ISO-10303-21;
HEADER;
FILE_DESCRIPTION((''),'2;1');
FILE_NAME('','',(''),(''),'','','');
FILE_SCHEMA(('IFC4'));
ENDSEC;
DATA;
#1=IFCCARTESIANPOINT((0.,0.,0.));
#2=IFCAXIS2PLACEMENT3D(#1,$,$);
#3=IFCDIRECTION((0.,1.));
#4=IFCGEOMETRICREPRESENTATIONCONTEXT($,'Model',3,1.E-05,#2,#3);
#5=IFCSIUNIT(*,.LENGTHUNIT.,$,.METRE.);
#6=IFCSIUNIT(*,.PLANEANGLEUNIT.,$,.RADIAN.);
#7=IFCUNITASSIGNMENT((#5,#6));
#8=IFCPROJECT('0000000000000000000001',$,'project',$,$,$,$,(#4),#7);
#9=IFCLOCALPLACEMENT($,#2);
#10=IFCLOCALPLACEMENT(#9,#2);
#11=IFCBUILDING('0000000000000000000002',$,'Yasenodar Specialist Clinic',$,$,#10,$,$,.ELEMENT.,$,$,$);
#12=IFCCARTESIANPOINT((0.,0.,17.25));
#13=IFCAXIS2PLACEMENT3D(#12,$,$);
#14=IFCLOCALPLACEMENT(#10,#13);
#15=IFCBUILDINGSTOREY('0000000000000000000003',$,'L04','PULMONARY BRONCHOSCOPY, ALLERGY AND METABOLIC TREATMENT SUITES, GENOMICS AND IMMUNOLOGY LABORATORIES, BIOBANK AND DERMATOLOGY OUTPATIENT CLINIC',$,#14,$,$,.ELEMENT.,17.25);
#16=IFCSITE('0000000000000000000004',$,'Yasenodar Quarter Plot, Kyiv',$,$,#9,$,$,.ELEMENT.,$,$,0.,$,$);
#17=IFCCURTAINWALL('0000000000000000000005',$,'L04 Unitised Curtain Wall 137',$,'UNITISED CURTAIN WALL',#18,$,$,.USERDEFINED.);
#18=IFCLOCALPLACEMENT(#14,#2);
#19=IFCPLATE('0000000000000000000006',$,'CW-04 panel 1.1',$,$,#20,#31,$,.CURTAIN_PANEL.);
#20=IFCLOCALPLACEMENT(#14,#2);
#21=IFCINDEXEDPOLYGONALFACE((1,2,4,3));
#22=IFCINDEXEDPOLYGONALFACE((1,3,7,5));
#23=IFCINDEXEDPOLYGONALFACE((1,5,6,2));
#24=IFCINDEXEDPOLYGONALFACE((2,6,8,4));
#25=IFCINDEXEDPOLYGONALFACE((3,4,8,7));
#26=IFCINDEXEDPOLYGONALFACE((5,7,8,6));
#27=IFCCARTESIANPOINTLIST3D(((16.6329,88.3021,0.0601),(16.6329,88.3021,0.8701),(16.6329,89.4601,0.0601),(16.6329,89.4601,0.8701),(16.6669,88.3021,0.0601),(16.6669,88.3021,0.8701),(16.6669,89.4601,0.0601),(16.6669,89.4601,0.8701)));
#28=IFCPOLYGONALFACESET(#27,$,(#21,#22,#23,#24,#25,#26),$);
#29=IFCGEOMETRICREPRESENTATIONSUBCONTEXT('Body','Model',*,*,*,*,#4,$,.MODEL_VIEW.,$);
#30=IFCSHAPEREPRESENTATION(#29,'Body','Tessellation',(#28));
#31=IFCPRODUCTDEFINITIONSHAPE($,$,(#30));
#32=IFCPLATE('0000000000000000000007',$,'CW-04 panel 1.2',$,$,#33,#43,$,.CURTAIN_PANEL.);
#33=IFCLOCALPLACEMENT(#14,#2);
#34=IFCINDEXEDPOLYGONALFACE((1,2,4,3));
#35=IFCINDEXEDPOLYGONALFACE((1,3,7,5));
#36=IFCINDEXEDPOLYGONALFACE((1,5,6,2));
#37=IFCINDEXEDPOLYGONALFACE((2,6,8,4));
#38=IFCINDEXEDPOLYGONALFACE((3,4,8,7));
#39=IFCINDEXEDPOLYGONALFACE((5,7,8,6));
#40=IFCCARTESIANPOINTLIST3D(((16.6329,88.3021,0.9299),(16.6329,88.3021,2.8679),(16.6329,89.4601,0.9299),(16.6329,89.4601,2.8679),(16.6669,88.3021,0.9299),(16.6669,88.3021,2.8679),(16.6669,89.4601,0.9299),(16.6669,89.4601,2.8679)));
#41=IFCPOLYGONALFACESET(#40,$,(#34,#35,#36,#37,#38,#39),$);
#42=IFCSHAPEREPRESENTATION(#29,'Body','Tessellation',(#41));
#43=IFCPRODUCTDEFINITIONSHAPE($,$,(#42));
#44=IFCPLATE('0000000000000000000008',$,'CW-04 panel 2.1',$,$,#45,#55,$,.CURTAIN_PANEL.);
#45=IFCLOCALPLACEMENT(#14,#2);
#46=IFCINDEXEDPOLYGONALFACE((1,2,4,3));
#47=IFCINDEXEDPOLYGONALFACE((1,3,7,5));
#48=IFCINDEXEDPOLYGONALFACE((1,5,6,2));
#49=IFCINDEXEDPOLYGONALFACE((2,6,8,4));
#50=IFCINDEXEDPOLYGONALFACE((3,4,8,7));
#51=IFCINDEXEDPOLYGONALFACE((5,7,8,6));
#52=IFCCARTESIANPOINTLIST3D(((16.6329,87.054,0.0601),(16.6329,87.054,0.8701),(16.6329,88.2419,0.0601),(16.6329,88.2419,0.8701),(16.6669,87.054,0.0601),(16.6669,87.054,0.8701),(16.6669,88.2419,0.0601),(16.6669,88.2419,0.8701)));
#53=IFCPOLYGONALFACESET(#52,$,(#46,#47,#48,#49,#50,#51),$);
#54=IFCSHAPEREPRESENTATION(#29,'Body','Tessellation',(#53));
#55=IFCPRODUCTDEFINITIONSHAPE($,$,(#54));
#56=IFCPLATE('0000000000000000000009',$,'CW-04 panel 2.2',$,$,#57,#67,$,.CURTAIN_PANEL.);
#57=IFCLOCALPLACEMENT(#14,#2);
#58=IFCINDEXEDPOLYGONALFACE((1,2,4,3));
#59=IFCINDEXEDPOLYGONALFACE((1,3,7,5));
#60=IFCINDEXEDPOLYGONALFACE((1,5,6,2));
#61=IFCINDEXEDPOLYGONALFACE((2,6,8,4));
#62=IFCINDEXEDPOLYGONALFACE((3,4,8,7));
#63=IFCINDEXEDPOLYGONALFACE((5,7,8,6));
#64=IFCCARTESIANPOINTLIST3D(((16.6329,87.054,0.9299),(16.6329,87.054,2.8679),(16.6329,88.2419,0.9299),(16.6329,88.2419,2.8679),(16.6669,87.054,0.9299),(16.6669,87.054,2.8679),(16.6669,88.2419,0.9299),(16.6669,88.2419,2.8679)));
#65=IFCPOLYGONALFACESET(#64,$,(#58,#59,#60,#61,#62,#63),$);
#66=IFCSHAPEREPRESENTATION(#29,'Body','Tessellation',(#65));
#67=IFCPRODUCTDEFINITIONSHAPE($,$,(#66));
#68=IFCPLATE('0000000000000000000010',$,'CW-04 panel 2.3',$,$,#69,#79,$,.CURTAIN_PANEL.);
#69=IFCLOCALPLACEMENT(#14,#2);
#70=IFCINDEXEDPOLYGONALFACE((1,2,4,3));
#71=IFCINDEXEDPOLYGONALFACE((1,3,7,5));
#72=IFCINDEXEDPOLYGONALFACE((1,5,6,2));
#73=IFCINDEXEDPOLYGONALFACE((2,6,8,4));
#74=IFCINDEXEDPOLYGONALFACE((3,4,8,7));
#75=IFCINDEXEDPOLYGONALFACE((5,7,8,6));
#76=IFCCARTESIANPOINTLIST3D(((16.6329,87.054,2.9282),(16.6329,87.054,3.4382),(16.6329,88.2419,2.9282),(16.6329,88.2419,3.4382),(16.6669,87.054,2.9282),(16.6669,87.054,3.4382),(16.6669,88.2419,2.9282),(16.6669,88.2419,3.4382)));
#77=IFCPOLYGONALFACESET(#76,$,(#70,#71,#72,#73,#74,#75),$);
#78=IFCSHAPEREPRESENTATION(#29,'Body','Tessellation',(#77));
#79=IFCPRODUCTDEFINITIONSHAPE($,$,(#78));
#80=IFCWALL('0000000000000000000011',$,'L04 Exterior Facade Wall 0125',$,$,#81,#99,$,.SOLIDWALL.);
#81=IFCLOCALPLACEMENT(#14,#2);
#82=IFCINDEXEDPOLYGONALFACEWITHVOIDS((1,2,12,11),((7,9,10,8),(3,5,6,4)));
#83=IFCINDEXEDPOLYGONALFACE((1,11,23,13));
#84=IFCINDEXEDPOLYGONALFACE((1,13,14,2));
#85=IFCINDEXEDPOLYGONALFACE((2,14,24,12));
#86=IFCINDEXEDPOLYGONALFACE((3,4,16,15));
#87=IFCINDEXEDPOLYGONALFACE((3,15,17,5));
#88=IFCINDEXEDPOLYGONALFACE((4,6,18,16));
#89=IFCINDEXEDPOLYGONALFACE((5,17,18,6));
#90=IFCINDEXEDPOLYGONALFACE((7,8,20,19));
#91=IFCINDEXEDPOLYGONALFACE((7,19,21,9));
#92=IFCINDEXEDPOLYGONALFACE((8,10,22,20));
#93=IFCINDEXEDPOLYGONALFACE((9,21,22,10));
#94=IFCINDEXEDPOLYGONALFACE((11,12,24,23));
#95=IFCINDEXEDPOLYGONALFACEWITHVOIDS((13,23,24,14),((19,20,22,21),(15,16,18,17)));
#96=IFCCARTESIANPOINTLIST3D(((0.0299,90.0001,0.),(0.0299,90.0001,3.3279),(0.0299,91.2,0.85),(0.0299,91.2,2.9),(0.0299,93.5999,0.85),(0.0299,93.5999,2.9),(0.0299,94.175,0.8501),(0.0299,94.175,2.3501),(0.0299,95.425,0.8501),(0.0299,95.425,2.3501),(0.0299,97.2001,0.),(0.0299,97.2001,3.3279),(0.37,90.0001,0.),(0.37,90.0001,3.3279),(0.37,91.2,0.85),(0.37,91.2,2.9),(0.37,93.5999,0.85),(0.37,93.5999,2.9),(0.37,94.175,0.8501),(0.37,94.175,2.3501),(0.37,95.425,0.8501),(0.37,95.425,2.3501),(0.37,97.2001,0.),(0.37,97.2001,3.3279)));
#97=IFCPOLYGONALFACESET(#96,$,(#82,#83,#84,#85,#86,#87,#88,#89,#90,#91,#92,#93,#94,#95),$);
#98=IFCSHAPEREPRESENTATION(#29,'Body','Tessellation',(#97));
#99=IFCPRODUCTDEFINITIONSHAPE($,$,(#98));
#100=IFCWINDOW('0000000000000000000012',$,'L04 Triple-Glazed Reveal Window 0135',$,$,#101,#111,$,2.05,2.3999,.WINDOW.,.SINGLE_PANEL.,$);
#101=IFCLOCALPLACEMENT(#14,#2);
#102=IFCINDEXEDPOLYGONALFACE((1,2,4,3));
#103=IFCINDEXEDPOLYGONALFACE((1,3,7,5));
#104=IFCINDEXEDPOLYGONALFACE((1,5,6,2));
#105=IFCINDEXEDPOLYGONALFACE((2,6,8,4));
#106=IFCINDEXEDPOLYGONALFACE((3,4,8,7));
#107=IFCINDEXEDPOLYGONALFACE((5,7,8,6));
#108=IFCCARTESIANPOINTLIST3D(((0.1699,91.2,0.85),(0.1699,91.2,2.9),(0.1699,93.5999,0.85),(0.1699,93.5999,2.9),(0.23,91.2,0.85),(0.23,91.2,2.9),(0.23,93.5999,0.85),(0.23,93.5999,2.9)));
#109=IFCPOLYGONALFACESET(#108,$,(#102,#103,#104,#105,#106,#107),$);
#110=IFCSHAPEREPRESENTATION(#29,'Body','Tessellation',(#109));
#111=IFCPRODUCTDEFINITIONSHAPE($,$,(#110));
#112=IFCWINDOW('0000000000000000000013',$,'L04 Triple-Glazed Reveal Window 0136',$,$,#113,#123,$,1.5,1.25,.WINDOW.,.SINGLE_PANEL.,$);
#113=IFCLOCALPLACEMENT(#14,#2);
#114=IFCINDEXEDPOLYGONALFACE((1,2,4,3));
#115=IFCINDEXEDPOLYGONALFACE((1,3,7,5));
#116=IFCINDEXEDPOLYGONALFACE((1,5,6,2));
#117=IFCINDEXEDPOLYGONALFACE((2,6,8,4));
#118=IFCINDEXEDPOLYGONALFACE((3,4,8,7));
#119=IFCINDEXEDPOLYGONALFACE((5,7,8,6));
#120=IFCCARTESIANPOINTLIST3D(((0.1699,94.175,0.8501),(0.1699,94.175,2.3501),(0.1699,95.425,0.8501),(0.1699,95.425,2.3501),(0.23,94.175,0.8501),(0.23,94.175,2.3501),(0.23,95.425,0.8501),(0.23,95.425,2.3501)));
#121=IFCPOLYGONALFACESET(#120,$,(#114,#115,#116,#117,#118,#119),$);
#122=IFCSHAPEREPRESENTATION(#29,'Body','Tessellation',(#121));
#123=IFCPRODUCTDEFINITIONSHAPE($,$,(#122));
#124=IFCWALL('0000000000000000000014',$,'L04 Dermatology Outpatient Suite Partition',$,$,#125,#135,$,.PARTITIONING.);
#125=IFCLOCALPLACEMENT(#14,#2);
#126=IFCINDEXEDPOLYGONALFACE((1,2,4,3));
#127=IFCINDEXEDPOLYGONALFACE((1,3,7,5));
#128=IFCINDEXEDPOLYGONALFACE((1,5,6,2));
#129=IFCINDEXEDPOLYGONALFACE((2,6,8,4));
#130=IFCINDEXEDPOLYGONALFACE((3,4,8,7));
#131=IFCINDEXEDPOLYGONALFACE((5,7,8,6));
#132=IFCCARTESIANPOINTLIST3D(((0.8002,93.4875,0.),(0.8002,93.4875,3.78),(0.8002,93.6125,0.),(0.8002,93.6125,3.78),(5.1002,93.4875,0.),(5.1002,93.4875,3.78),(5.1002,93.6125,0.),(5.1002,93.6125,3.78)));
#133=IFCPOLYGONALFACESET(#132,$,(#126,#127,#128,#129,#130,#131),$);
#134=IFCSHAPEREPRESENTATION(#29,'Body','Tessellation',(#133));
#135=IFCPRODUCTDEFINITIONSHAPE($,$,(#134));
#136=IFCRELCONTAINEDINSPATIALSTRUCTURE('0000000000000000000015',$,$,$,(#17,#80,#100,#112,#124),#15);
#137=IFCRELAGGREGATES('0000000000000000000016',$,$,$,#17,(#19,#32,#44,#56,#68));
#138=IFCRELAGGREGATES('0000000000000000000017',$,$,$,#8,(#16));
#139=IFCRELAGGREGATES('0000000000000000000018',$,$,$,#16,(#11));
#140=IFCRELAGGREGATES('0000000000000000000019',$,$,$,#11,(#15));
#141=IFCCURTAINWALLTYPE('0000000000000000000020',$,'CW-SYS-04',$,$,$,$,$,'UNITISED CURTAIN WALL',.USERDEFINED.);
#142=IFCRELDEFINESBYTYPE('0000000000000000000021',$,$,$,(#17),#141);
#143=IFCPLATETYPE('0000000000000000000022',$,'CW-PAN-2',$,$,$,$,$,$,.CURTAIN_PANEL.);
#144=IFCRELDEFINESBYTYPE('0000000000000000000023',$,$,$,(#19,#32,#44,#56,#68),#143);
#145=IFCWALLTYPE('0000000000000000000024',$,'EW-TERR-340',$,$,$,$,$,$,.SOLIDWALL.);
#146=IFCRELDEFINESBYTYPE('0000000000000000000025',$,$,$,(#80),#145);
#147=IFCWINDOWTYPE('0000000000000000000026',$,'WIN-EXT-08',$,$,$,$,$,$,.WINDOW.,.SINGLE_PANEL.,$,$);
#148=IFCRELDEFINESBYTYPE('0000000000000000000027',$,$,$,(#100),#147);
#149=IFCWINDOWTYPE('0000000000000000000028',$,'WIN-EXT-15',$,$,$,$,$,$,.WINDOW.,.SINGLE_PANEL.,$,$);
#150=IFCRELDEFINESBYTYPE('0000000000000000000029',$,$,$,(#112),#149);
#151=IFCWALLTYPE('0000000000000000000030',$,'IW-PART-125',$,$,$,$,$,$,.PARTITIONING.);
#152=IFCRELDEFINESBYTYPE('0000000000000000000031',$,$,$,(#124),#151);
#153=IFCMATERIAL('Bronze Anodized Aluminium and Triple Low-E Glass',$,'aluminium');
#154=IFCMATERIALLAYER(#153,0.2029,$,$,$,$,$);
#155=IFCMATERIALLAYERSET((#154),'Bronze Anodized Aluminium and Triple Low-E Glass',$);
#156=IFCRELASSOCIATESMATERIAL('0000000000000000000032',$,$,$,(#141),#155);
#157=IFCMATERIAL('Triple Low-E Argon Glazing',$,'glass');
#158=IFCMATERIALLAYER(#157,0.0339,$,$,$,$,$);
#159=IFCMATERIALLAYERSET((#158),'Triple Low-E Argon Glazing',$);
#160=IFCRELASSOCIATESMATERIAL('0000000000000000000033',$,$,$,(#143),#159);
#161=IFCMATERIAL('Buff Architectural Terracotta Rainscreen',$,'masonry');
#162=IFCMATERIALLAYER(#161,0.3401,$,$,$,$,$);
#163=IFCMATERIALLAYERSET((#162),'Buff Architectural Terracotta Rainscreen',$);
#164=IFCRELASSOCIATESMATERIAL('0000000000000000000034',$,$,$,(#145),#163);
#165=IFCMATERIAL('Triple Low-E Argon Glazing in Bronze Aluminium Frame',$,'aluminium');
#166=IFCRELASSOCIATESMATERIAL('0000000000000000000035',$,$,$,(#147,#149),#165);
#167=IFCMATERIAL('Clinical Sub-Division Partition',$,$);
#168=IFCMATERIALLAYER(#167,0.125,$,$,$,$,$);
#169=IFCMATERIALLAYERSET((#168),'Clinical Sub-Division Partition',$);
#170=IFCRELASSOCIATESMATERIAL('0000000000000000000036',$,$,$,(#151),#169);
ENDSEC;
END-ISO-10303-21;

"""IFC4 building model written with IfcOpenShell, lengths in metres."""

from ifc_helpers import new_model, si_unit, direction, frame, frame_2d, origin, origin_2d, place, context, subcontext, project, spatial, rectangle, extrude, material, layer, layer_set, type_object, element, fill, aggregate, save


model = new_model("IFC4")

# Units and contexts
model_context = context("Model", 3, precision=1e-05, world=origin(), true_north=direction((0.0, 1.0)))
body_context = subcontext(model_context, "Body", "Model", "MODEL_VIEW")
ifc_project = project(units=[si_unit("LENGTHUNIT", "METRE"), si_unit("PLANEANGLEUNIT", "RADIAN")], contexts=[model_context])

# Site, building, storey
site_placement = place(None, origin())
site = spatial("IfcSite", under=ifc_project, at=site_placement, Name="Yasenodar Quarter Plot, Kyiv", CompositionType="ELEMENT", RefElevation=0.0)
building_placement = place(site_placement, origin())
building = spatial("IfcBuilding", under=site, at=building_placement, Name="Yasenodar Specialist Clinic", CompositionType="ELEMENT")
storey_placement = place(building_placement, frame((0.0, 0.0, 17.25)))
storey = spatial("IfcBuildingStorey", under=building, at=storey_placement, Name="L04", Description="PULMONARY BRONCHOSCOPY, ALLERGY AND METABOLIC TREATMENT SUITES, GENOMICS AND IMMUNOLOGY LABORATORIES, BIOBANK AND DERMATOLOGY OUTPATIENT CLINIC", CompositionType="ELEMENT", Elevation=17.25)

# Curtain wall
ifc_material_1 = material(Name="Bronze Anodized Aluminium and Triple Low-E Glass", Category="aluminium")
ifc_layer_1 = layer(ifc_material_1, 0.2029)
ifc_layer_set_1 = layer_set([ifc_layer_1], Name="Bronze Anodized Aluminium and Triple Low-E Glass")
curtain_wall_type = type_object("IfcCurtainWallType", Name="CW-SYS-04", ElementType="UNITISED CURTAIN WALL", PredefinedType="USERDEFINED", material=ifc_layer_set_1)
curtain_wall_placement = place(storey_placement, origin())
curtain_wall = element("IfcCurtainWall", 1, at=curtain_wall_placement, inside=storey, type_object=curtain_wall_type, Name="L04 Unitised Curtain Wall 137", ObjectType="UNITISED CURTAIN WALL", PredefinedType="USERDEFINED")

# Plates
ifc_material_2 = material(Name="Triple Low-E Argon Glazing", Category="glass")
ifc_layer_2 = layer(ifc_material_2, 0.0339)
ifc_layer_set_2 = layer_set([ifc_layer_2], Name="Triple Low-E Argon Glazing")
plate_type = type_object("IfcPlateType", Name="CW-PAN-2", PredefinedType="CURTAIN_PANEL", material=ifc_layer_set_2)
plate_1_placement = place(storey_placement, frame((16.6499, 88.8811, 0.0601), z_axis=(0.0, 0.0, 1.0), x_axis=(0.0, -1.0, 0.0)))
plate_1 = element("IfcPlate", 2, at=plate_1_placement, type_object=plate_type, Name="CW-04 panel 1.1", PredefinedType="CURTAIN_PANEL", context=body_context, shape_type="SweptSolid", body=[
    extrude(rectangle(XDim=1.158, YDim=0.0339, at=origin_2d()), origin(), (0.0, 0.0, 1.0), 0.8101),
])
plate_2_placement = place(storey_placement, frame((16.6499, 88.8811, 0.9299), z_axis=(0.0, 0.0, 1.0), x_axis=(0.0, -1.0, 0.0)))
plate_2 = element("IfcPlate", 3, at=plate_2_placement, type_object=plate_type, Name="CW-04 panel 1.2", PredefinedType="CURTAIN_PANEL", context=body_context, shape_type="SweptSolid", body=[
    extrude(rectangle(XDim=1.158, YDim=0.0339, at=origin_2d()), origin(), (0.0, 0.0, 1.0), 1.938),
])
plate_3_placement = place(storey_placement, frame((16.6499, 87.6479, 0.0601), z_axis=(0.0, 0.0, 1.0), x_axis=(0.0, -1.0, 0.0)))
plate_3 = element("IfcPlate", 4, at=plate_3_placement, type_object=plate_type, Name="CW-04 panel 2.1", PredefinedType="CURTAIN_PANEL", context=body_context, shape_type="SweptSolid", body=[
    extrude(rectangle(XDim=1.188, YDim=0.0339, at=origin_2d()), origin(), (0.0, 0.0, 1.0), 0.8101),
])
plate_4_placement = place(storey_placement, frame((16.6499, 87.6479, 0.9299), z_axis=(0.0, 0.0, 1.0), x_axis=(0.0, -1.0, 0.0)))
plate_4 = element("IfcPlate", 5, at=plate_4_placement, type_object=plate_type, Name="CW-04 panel 2.2", PredefinedType="CURTAIN_PANEL", context=body_context, shape_type="SweptSolid", body=[
    extrude(rectangle(XDim=1.188, YDim=0.0339, at=origin_2d()), origin(), (0.0, 0.0, 1.0), 1.938),
])
plate_5_placement = place(storey_placement, frame((16.6499, 87.6479, 2.9282), z_axis=(0.0, 0.0, 1.0), x_axis=(0.0, -1.0, 0.0)))
plate_5 = element("IfcPlate", 6, at=plate_5_placement, type_object=plate_type, Name="CW-04 panel 2.3", PredefinedType="CURTAIN_PANEL", context=body_context, shape_type="SweptSolid", body=[
    extrude(rectangle(XDim=1.188, YDim=0.0339, at=origin_2d()), origin(), (0.0, 0.0, 1.0), 0.51),
])
aggregate(curtain_wall, [plate_1, plate_2, plate_3, plate_4, plate_5])

# Wall, openings, windows
ifc_material_3 = material(Name="Buff Architectural Terracotta Rainscreen", Category="masonry")
ifc_layer_3 = layer(ifc_material_3, 0.3401)
ifc_layer_set_3 = layer_set([ifc_layer_3], Name="Buff Architectural Terracotta Rainscreen")
wall_type_1 = type_object("IfcWallType", Name="EW-TERR-340", PredefinedType="SOLIDWALL", material=ifc_layer_set_3)
wall_1_placement = place(storey_placement, frame((0.2, 90.0, 0.0), z_axis=(0.0, 0.0, 1.0), x_axis=(0.0, 1.0, 0.0)))
wall_1 = element("IfcWall", 7, at=wall_1_placement, inside=storey, type_object=wall_type_1, Name="L04 Exterior Facade Wall 0125", PredefinedType="SOLIDWALL", context=body_context, shape_type="SweptSolid", body=[
    extrude(rectangle(XDim=7.2, YDim=0.3401, at=frame_2d((3.6001, 0.0))), origin(), (0.0, 0.0, 1.0), 3.3279),
])
opening_1_placement = place(wall_1_placement, frame((1.2, 0.0, 0.8501)))
opening_1 = element("IfcOpeningElement", 8, at=opening_1_placement, cuts=wall_1, PredefinedType="OPENING", context=body_context, shape_type="SweptSolid", body=[
    extrude(rectangle(XDim=2.3999, YDim=2.05, at=frame_2d((1.2, 1.0249))), frame((0.0, 0.1802, 0.0), z_axis=(0.0, -1.0, 0.0), x_axis=(1.0, 0.0, 0.0)), (0.0, 0.0, 1.0), 0.3601),
])
opening_2_placement = place(wall_1_placement, frame((4.175, 0.0, 0.8501)))
opening_2 = element("IfcOpeningElement", 9, at=opening_2_placement, cuts=wall_1, PredefinedType="OPENING", context=body_context, shape_type="SweptSolid", body=[
    extrude(rectangle(XDim=1.25, YDim=1.5, at=frame_2d((0.625, 0.75))), frame((0.0, 0.1802, 0.0), z_axis=(0.0, -1.0, 0.0), x_axis=(1.0, 0.0, 0.0)), (0.0, 0.0, 1.0), 0.3601),
])
ifc_material_4 = material(Name="Triple Low-E Argon Glazing in Bronze Aluminium Frame", Category="aluminium")
window_type_1 = type_object("IfcWindowType", Name="WIN-EXT-08", PartitioningType="SINGLE_PANEL", PredefinedType="WINDOW", material=ifc_material_4)
window_1_placement = place(opening_1_placement, origin())
window_1 = element("IfcWindow", 10, at=window_1_placement, inside=storey, type_object=window_type_1, Name="L04 Triple-Glazed Reveal Window 0135", OverallHeight=2.05, OverallWidth=2.3999, PartitioningType="SINGLE_PANEL", PredefinedType="WINDOW", context=body_context, shape_type="SweptSolid", body=[
    extrude(rectangle(XDim=2.3999, YDim=2.05, at=frame_2d((1.2, 1.0249))), frame((0.0, 0.03, 0.0), z_axis=(0.0, -1.0, 0.0), x_axis=(1.0, 0.0, 0.0)), (0.0, 0.0, 1.0), 0.0601),
])
fill(opening_1, window_1)
window_type_2 = type_object("IfcWindowType", Name="WIN-EXT-15", PartitioningType="SINGLE_PANEL", PredefinedType="WINDOW", material=ifc_material_4)
window_2_placement = place(opening_2_placement, origin())
window_2 = element("IfcWindow", 11, at=window_2_placement, inside=storey, type_object=window_type_2, Name="L04 Triple-Glazed Reveal Window 0136", OverallHeight=1.5, OverallWidth=1.25, PartitioningType="SINGLE_PANEL", PredefinedType="WINDOW", context=body_context, shape_type="SweptSolid", body=[
    extrude(rectangle(XDim=1.25, YDim=1.5, at=frame_2d((0.625, 0.75))), frame((0.0, 0.03, 0.0), z_axis=(0.0, -1.0, 0.0), x_axis=(1.0, 0.0, 0.0)), (0.0, 0.0, 1.0), 0.0601),
])
fill(opening_2, window_2)

# Wall
ifc_material_5 = material(Name="Clinical Sub-Division Partition")
ifc_layer_4 = layer(ifc_material_5, 0.125)
ifc_layer_set_4 = layer_set([ifc_layer_4], Name="Clinical Sub-Division Partition")
wall_type_2 = type_object("IfcWallType", Name="IW-PART-125", PredefinedType="PARTITIONING", material=ifc_layer_set_4)
wall_2_placement = place(storey_placement, frame((5.1001, 93.55, 0.0), z_axis=(0.0, 0.0, 1.0), x_axis=(-1.0, 0.0, 0.0)))
element("IfcWall", 12, at=wall_2_placement, inside=storey, type_object=wall_type_2, Name="L04 Dermatology Outpatient Suite Partition", PredefinedType="PARTITIONING", context=body_context, shape_type="SweptSolid", body=[
    extrude(rectangle(XDim=4.3, YDim=0.125, at=frame_2d((2.1499, 0.0))), origin(), (0.0, 0.0, 1.0), 3.78),
])

save(model, "model.ifc")
